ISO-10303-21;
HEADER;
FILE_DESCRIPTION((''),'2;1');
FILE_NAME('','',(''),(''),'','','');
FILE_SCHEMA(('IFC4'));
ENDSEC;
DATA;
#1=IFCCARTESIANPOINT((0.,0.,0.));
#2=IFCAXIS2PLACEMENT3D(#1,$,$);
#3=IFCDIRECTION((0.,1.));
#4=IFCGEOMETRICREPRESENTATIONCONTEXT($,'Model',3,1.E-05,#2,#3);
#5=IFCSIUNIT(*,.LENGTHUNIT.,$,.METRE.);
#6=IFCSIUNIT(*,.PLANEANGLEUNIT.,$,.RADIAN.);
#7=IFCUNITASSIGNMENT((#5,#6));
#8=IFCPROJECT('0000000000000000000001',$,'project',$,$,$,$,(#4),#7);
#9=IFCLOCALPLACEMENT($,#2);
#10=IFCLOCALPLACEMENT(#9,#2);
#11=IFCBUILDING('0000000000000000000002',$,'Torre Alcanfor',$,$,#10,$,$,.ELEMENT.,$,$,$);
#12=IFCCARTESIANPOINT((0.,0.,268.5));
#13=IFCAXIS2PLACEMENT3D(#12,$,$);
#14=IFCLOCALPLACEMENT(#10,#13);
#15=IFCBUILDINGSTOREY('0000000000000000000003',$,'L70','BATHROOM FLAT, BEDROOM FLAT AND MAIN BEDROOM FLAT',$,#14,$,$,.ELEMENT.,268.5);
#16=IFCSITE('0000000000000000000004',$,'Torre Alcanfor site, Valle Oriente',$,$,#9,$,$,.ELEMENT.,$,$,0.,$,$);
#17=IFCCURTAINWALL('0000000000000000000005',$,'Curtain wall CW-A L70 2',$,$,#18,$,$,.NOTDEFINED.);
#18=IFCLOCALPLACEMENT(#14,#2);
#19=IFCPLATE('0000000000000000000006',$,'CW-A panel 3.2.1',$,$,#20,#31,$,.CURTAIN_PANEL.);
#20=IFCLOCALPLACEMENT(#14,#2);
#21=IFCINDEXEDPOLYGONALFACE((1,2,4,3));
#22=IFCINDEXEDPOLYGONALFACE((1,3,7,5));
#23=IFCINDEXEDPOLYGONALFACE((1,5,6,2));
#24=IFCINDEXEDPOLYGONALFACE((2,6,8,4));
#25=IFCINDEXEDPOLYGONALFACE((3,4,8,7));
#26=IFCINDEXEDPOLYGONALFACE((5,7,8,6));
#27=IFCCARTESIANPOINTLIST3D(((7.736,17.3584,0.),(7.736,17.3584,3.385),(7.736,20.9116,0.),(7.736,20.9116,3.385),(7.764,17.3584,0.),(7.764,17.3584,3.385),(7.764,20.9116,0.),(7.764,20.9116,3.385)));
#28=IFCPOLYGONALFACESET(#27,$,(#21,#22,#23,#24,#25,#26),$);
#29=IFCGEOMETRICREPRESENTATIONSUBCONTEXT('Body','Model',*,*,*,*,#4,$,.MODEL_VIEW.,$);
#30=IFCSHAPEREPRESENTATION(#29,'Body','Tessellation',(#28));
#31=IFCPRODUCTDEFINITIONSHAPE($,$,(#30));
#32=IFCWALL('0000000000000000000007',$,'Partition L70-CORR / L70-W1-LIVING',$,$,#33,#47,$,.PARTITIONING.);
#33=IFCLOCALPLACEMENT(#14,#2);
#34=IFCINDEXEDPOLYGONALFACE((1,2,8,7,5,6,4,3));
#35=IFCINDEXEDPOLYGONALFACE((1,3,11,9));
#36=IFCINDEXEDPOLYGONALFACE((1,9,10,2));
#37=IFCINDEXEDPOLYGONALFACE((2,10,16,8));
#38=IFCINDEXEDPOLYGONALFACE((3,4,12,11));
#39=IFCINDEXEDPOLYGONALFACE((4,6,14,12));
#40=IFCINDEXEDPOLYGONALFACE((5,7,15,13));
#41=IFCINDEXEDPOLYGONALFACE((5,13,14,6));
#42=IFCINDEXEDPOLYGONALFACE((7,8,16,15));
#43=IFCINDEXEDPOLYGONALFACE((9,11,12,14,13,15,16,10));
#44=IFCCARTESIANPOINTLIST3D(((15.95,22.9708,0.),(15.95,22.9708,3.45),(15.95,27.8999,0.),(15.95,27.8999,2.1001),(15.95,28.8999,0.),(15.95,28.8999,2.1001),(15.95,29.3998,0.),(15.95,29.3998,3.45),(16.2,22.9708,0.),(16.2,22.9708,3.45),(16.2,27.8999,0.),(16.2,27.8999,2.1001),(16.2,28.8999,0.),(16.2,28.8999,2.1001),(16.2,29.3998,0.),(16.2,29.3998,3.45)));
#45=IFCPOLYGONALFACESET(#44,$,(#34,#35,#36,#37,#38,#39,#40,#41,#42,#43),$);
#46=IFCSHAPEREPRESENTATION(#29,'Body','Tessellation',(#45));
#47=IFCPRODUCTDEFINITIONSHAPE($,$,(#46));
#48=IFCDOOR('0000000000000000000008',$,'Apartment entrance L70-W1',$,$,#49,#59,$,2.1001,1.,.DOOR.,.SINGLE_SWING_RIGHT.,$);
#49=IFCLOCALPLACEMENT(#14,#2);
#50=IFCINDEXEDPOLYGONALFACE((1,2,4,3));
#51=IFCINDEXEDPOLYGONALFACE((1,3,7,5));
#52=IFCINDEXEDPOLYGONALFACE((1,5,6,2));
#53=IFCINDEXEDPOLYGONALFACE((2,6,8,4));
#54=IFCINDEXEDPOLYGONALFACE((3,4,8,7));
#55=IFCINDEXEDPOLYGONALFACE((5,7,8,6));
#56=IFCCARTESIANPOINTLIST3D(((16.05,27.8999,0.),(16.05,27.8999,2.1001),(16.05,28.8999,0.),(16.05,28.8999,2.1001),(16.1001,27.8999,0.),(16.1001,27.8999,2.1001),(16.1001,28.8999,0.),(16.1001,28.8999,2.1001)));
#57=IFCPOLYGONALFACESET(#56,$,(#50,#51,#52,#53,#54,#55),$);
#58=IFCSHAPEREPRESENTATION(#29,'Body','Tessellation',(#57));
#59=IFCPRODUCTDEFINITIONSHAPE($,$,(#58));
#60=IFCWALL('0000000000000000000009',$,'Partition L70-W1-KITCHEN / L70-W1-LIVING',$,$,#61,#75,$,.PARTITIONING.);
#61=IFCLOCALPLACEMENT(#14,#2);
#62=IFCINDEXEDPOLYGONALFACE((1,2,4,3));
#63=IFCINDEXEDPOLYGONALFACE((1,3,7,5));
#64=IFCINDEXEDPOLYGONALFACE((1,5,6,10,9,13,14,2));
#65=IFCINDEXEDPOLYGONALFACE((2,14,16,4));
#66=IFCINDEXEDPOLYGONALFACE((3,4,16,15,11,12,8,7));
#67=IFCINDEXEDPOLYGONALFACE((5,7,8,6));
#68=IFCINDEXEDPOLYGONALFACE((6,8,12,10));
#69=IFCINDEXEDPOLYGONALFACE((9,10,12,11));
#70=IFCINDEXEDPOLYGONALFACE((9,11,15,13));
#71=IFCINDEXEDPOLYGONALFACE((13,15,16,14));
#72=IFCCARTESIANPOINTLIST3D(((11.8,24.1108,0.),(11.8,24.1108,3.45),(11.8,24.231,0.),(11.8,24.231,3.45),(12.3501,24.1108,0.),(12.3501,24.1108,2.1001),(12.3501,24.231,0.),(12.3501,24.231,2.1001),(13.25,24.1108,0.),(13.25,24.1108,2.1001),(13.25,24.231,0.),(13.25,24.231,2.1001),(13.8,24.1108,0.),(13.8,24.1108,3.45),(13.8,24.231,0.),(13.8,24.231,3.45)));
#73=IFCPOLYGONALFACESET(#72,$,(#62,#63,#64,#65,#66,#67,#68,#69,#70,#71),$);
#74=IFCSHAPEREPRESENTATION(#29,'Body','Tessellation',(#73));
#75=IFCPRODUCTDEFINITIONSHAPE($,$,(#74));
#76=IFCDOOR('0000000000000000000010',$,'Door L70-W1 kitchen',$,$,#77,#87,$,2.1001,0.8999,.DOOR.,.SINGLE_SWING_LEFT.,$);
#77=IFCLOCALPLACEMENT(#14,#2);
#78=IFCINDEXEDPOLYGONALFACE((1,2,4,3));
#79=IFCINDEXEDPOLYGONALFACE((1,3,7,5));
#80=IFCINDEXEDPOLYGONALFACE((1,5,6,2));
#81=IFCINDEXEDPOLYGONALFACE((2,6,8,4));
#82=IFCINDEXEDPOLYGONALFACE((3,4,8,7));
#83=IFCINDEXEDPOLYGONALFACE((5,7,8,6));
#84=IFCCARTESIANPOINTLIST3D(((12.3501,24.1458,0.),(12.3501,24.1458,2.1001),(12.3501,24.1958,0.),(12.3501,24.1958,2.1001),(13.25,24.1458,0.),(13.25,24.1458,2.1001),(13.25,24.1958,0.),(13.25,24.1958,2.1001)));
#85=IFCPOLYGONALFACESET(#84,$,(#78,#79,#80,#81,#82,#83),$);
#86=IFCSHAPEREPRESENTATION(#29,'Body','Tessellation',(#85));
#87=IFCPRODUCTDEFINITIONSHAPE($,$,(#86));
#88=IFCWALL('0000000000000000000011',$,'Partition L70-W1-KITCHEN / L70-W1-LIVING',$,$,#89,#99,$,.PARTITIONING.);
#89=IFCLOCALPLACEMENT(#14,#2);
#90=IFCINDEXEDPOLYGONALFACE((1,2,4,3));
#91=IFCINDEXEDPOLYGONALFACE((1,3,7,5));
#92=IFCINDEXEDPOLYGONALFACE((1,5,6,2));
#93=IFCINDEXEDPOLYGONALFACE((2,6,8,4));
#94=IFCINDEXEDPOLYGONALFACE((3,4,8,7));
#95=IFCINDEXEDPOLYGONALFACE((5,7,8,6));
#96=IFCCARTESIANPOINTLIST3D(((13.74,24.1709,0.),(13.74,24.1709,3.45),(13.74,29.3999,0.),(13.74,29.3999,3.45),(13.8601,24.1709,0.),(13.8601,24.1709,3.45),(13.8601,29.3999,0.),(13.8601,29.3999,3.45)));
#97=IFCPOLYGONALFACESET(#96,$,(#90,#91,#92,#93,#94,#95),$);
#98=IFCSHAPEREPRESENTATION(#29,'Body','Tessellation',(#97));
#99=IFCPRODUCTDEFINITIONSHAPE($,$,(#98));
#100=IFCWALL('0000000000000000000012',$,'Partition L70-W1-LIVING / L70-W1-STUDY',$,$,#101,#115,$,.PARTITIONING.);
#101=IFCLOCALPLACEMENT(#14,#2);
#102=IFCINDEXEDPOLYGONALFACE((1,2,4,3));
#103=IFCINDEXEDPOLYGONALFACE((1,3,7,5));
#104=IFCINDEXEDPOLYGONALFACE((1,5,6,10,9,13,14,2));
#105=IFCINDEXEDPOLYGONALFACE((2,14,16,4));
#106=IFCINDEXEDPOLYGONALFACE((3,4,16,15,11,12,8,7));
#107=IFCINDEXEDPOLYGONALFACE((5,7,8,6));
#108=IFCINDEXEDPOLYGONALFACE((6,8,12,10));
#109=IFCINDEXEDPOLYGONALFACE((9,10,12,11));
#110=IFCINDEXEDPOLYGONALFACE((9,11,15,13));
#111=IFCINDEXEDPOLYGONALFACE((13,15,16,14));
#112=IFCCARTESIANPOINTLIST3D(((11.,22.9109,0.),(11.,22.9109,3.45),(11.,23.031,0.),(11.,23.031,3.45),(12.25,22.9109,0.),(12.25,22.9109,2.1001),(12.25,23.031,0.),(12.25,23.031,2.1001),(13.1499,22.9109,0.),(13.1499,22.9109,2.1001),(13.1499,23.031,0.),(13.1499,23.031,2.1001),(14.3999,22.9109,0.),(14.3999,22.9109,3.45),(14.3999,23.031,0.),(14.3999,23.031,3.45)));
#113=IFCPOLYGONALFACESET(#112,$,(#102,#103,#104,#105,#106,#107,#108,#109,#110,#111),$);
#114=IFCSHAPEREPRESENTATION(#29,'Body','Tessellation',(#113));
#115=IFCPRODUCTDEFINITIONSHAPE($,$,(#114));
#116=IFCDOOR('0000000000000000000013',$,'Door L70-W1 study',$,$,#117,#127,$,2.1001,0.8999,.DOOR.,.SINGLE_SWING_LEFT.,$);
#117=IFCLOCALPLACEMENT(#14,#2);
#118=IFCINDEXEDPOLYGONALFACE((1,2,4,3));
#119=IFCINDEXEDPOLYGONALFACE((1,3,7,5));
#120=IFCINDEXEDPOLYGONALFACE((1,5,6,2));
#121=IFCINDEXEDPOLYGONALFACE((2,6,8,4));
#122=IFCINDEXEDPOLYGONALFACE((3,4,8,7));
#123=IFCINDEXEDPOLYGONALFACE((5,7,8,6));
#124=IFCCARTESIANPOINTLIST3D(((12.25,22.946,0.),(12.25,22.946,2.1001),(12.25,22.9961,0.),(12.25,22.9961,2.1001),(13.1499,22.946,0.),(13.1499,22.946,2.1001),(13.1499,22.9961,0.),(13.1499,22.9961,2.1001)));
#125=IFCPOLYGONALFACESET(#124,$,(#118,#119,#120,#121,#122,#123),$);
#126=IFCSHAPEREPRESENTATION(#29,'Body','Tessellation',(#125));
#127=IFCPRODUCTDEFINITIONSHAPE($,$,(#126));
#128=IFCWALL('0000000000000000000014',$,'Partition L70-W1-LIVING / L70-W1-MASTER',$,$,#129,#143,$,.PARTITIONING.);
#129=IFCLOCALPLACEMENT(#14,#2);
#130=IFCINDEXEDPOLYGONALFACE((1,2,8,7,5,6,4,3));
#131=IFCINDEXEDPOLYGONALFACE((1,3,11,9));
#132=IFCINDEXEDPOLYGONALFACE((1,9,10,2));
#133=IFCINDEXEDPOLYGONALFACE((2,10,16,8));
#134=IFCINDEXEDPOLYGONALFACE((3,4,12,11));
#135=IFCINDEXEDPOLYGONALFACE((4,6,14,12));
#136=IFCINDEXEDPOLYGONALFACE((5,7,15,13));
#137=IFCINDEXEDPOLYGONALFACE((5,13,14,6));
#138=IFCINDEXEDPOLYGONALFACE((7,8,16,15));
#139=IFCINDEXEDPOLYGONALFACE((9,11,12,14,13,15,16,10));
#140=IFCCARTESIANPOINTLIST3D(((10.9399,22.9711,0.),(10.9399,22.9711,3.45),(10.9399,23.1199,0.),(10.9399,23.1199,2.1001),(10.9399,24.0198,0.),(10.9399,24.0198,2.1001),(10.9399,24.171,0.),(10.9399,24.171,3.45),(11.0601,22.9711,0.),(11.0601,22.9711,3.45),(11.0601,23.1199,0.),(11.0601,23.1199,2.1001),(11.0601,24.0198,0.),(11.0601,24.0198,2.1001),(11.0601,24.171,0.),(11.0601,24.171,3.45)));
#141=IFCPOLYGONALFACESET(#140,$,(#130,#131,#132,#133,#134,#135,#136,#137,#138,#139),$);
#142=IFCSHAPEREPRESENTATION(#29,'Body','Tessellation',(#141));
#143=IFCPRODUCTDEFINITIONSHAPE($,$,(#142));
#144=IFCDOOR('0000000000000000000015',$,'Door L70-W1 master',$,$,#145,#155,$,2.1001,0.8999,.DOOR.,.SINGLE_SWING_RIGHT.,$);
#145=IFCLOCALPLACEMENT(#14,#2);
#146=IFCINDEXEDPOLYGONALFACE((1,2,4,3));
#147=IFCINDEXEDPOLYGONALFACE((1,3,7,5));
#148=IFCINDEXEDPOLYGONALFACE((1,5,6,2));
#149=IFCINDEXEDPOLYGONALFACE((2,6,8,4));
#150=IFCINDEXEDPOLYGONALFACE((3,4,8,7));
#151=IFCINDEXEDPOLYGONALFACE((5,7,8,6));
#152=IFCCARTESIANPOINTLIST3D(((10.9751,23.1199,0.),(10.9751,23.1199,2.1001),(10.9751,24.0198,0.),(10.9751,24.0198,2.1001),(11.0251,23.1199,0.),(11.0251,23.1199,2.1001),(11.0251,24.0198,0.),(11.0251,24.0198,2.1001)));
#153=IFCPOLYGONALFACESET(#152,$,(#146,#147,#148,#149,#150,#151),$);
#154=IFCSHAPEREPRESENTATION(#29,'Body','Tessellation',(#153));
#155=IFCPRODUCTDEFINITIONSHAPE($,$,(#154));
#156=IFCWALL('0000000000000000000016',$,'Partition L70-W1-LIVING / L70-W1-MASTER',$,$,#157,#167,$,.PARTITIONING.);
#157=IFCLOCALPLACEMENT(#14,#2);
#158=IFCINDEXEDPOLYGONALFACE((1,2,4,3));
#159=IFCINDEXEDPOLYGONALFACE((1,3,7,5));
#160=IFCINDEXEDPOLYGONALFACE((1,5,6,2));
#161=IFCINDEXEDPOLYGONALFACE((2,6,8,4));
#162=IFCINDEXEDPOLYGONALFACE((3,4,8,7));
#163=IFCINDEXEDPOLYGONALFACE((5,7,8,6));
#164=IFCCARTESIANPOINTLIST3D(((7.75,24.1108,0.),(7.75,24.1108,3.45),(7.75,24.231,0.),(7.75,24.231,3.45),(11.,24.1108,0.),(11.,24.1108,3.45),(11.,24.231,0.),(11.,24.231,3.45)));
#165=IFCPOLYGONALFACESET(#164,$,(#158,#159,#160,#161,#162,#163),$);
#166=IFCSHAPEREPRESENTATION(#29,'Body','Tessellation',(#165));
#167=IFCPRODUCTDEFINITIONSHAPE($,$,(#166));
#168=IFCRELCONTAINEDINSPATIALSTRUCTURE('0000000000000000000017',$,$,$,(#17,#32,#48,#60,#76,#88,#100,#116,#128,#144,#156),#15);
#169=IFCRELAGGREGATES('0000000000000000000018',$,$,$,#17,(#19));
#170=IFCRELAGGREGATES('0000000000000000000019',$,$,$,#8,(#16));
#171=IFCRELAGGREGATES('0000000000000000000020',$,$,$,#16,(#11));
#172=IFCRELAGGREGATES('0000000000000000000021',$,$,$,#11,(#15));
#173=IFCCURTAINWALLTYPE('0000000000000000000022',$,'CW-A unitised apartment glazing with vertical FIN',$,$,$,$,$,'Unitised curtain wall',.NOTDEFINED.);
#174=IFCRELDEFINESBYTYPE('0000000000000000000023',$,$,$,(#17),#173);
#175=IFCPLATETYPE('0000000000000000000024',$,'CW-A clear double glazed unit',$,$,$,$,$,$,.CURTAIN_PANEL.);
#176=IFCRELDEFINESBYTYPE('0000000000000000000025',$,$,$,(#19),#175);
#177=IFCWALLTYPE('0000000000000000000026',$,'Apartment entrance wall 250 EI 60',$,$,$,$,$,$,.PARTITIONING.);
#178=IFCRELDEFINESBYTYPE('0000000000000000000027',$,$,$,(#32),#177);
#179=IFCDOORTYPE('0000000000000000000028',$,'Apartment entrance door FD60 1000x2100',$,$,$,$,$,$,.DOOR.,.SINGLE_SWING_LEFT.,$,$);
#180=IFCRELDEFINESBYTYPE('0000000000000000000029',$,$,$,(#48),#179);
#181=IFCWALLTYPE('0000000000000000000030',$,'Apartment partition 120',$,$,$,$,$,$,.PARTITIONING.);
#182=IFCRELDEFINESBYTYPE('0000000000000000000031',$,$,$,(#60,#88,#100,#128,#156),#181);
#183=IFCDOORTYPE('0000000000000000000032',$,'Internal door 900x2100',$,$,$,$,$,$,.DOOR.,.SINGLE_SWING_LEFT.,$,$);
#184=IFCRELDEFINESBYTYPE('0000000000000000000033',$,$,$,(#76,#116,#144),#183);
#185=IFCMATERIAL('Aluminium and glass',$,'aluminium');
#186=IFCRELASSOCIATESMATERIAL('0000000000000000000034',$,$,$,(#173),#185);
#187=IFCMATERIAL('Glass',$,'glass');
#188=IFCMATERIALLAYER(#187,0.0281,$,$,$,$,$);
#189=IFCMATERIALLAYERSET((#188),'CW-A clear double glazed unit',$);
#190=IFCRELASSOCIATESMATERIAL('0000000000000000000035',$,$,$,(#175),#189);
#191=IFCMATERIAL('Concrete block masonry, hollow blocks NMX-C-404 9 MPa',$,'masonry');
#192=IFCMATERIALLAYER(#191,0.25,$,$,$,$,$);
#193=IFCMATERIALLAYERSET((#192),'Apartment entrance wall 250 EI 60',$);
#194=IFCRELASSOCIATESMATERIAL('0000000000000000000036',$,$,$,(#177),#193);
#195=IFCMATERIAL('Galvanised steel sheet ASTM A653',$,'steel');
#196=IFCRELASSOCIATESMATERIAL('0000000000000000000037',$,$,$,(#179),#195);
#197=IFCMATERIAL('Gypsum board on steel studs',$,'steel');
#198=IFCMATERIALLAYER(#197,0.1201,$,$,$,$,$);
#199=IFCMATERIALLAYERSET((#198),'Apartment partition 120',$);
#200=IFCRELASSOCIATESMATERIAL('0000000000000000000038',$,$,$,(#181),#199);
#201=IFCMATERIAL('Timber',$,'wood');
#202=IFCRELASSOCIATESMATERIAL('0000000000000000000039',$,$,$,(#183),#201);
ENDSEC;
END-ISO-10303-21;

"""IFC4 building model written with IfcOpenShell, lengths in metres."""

from ifc_helpers import new_model, si_unit, direction, frame, frame_2d, origin, origin_2d, place, context, subcontext, project, spatial, rectangle, extrude, material, layer, layer_set, type_object, element, fill, aggregate, save


model = new_model("IFC4")

# Units and contexts
model_context = context("Model", 3, precision=1e-05, world=origin(), true_north=direction((0.0, 1.0)))
body_context = subcontext(model_context, "Body", "Model", "MODEL_VIEW")
ifc_project = project(units=[si_unit("LENGTHUNIT", "METRE"), si_unit("PLANEANGLEUNIT", "RADIAN")], contexts=[model_context])

# Site, building, storey
site_placement = place(None, origin())
site = spatial("IfcSite", under=ifc_project, at=site_placement, Name="Torre Alcanfor site, Valle Oriente", CompositionType="ELEMENT", RefElevation=0.0)
building_placement = place(site_placement, origin())
building = spatial("IfcBuilding", under=site, at=building_placement, Name="Torre Alcanfor", CompositionType="ELEMENT")
storey_placement = place(building_placement, frame((0.0, 0.0, 268.5)))
storey = spatial("IfcBuildingStorey", under=building, at=storey_placement, Name="L70", Description="BATHROOM FLAT, BEDROOM FLAT AND MAIN BEDROOM FLAT", CompositionType="ELEMENT", Elevation=268.5)

# Curtain wall
ifc_material_1 = material(Name="Aluminium and glass", Category="aluminium")
curtain_wall_type = type_object("IfcCurtainWallType", Name="CW-A unitised apartment glazing with vertical FIN", ElementType="Unitised curtain wall", PredefinedType="NOTDEFINED", material=ifc_material_1)
curtain_wall_placement = place(storey_placement, origin())
curtain_wall = element("IfcCurtainWall", 1, at=curtain_wall_placement, inside=storey, type_object=curtain_wall_type, Name="Curtain wall CW-A L70 2", PredefinedType="NOTDEFINED")

# Plate
ifc_material_2 = material(Name="Glass", Category="glass")
ifc_layer_1 = layer(ifc_material_2, 0.0281)
ifc_layer_set_1 = layer_set([ifc_layer_1], Name="CW-A clear double glazed unit")
plate_type = type_object("IfcPlateType", Name="CW-A clear double glazed unit", PredefinedType="CURTAIN_PANEL", material=ifc_layer_set_1)
plate_1_placement = place(storey_placement, frame((7.75, 19.135, 0.0), z_axis=(0.0, 0.0, 1.0), x_axis=(0.0, -1.0, 0.0)))
plate_1 = element("IfcPlate", 2, at=plate_1_placement, type_object=plate_type, Name="CW-A panel 3.2.1", PredefinedType="CURTAIN_PANEL", context=body_context, shape_type="SweptSolid", body=[
    extrude(rectangle(XDim=3.5532, YDim=0.0281, at=origin_2d()), origin(), (0.0, 0.0, 1.0), 3.385),
])
aggregate(curtain_wall, [plate_1])

# Walls, openings, doors
ifc_material_3 = material(Name="Concrete block masonry, hollow blocks NMX-C-404 9 MPa", Category="masonry")
ifc_layer_2 = layer(ifc_material_3, 0.25)
ifc_layer_set_2 = layer_set([ifc_layer_2], Name="Apartment entrance wall 250 EI 60")
wall_type_1 = type_object("IfcWallType", Name="Apartment entrance wall 250 EI 60", PredefinedType="PARTITIONING", material=ifc_layer_set_2)
wall_1_placement = place(storey_placement, frame((16.075, 22.9709, 0.0), z_axis=(0.0, 0.0, 1.0), x_axis=(0.0, 1.0, 0.0)))
wall_1 = element("IfcWall", 3, at=wall_1_placement, inside=storey, type_object=wall_type_1, Name="Partition L70-CORR / L70-W1-LIVING", PredefinedType="PARTITIONING", context=body_context, shape_type="SweptSolid", body=[
    extrude(rectangle(XDim=6.429, YDim=0.25, at=frame_2d((3.2144, 0.0))), origin(), (0.0, 0.0, 1.0), 3.45),
])
opening_1_placement = place(wall_1_placement, frame((4.929, 0.0, 0.0)))
opening_1 = element("IfcOpeningElement", 4, at=opening_1_placement, cuts=wall_1, PredefinedType="OPENING", context=body_context, shape_type="SweptSolid", body=[
    extrude(rectangle(XDim=1.0, YDim=2.1001, at=frame_2d((0.5, 1.05))), frame((0.0, 0.135, 0.0), z_axis=(0.0, -1.0, 0.0), x_axis=(1.0, 0.0, 0.0)), (0.0, 0.0, 1.0), 0.27),
])
ifc_material_4 = material(Name="Galvanised steel sheet ASTM A653", Category="steel")
door_type_1 = type_object("IfcDoorType", Name="Apartment entrance door FD60 1000x2100", OperationType="SINGLE_SWING_LEFT", PredefinedType="DOOR", material=ifc_material_4)
door_1_placement = place(opening_1_placement, origin())
door_1 = element("IfcDoor", 5, at=door_1_placement, inside=storey, type_object=door_type_1, Name="Apartment entrance L70-W1", OperationType="SINGLE_SWING_RIGHT", OverallHeight=2.1001, OverallWidth=1.0, PredefinedType="DOOR", context=body_context, shape_type="SweptSolid", body=[
    extrude(rectangle(XDim=1.0, YDim=2.1001, at=frame_2d((0.5, 1.05))), frame((0.0, 0.0249, 0.0), z_axis=(0.0, -1.0, 0.0), x_axis=(1.0, 0.0, 0.0)), (0.0, 0.0, 1.0), 0.05),
])
fill(opening_1, door_1)
ifc_material_5 = material(Name="Gypsum board on steel studs", Category="steel")
ifc_layer_3 = layer(ifc_material_5, 0.1201)
ifc_layer_set_3 = layer_set([ifc_layer_3], Name="Apartment partition 120")
wall_type_2 = type_object("IfcWallType", Name="Apartment partition 120", PredefinedType="PARTITIONING", material=ifc_layer_set_3)
wall_2_placement = place(storey_placement, frame((11.8, 24.1709, 0.0), z_axis=(0.0, 0.0, 1.0), x_axis=(1.0, 0.0, 0.0)))
wall_2 = element("IfcWall", 6, at=wall_2_placement, inside=storey, type_object=wall_type_2, Name="Partition L70-W1-KITCHEN / L70-W1-LIVING", PredefinedType="PARTITIONING", context=body_context, shape_type="SweptSolid", body=[
    extrude(rectangle(XDim=2.0, YDim=0.1201, at=frame_2d((1.0, 0.0))), origin(), (0.0, 0.0, 1.0), 3.45),
])
opening_2_placement = place(wall_2_placement, frame((0.55, 0.0, 0.0)))
opening_2 = element("IfcOpeningElement", 7, at=opening_2_placement, cuts=wall_2, PredefinedType="OPENING", context=body_context, shape_type="SweptSolid", body=[
    extrude(rectangle(XDim=0.8999, YDim=2.1001, at=frame_2d((0.45, 1.05))), frame((0.0, 0.0701, 0.0), z_axis=(0.0, -1.0, 0.0), x_axis=(1.0, 0.0, 0.0)), (0.0, 0.0, 1.0), 0.1401),
])
ifc_material_6 = material(Name="Timber", Category="wood")
door_type_2 = type_object("IfcDoorType", Name="Internal door 900x2100", OperationType="SINGLE_SWING_LEFT", PredefinedType="DOOR", material=ifc_material_6)
door_2_placement = place(opening_2_placement, origin())
door_2 = element("IfcDoor", 8, at=door_2_placement, inside=storey, type_object=door_type_2, Name="Door L70-W1 kitchen", OperationType="SINGLE_SWING_LEFT", OverallHeight=2.1001, OverallWidth=0.8999, PredefinedType="DOOR", context=body_context, shape_type="SweptSolid", body=[
    extrude(rectangle(XDim=0.8999, YDim=2.1001, at=frame_2d((0.45, 1.05))), frame((0.0, 0.0249, 0.0), z_axis=(0.0, -1.0, 0.0), x_axis=(1.0, 0.0, 0.0)), (0.0, 0.0, 1.0), 0.05),
])
fill(opening_2, door_2)

# Wall
wall_3_placement = place(storey_placement, frame((13.8, 24.1709, 0.0), z_axis=(0.0, 0.0, 1.0), x_axis=(0.0, 1.0, 0.0)))
element("IfcWall", 9, at=wall_3_placement, inside=storey, type_object=wall_type_2, Name="Partition L70-W1-KITCHEN / L70-W1-LIVING", PredefinedType="PARTITIONING", context=body_context, shape_type="SweptSolid", body=[
    extrude(rectangle(XDim=5.229, YDim=0.1201, at=frame_2d((2.6145, 0.0))), origin(), (0.0, 0.0, 1.0), 3.45),
])

# Walls, openings, doors
wall_4_placement = place(storey_placement, frame((14.3999, 22.9709, 0.0), z_axis=(0.0, 0.0, 1.0), x_axis=(-1.0, 0.0, 0.0)))
wall_4 = element("IfcWall", 10, at=wall_4_placement, inside=storey, type_object=wall_type_2, Name="Partition L70-W1-LIVING / L70-W1-STUDY", PredefinedType="PARTITIONING", context=body_context, shape_type="SweptSolid", body=[
    extrude(rectangle(XDim=3.3999, YDim=0.1201, at=frame_2d((1.7, 0.0))), origin(), (0.0, 0.0, 1.0), 3.45),
])
opening_3_placement = place(wall_4_placement, frame((1.25, 0.0, 0.0)))
opening_3 = element("IfcOpeningElement", 11, at=opening_3_placement, cuts=wall_4, PredefinedType="OPENING", context=body_context, shape_type="SweptSolid", body=[
    extrude(rectangle(XDim=0.8999, YDim=2.1001, at=frame_2d((0.45, 1.05))), frame((0.0, 0.0701, 0.0), z_axis=(0.0, -1.0, 0.0), x_axis=(1.0, 0.0, 0.0)), (0.0, 0.0, 1.0), 0.1401),
])
door_3_placement = place(opening_3_placement, origin())
door_3 = element("IfcDoor", 12, at=door_3_placement, inside=storey, type_object=door_type_2, Name="Door L70-W1 study", OperationType="SINGLE_SWING_LEFT", OverallHeight=2.1001, OverallWidth=0.8999, PredefinedType="DOOR", context=body_context, shape_type="SweptSolid", body=[
    extrude(rectangle(XDim=0.8999, YDim=2.1001, at=frame_2d((0.45, 1.05))), frame((0.0, 0.0249, 0.0), z_axis=(0.0, -1.0, 0.0), x_axis=(1.0, 0.0, 0.0)), (0.0, 0.0, 1.0), 0.05),
])
fill(opening_3, door_3)
wall_5_placement = place(storey_placement, frame((11.0, 22.9709, 0.0), z_axis=(0.0, 0.0, 1.0), x_axis=(0.0, 1.0, 0.0)))
wall_5 = element("IfcWall", 13, at=wall_5_placement, inside=storey, type_object=wall_type_2, Name="Partition L70-W1-LIVING / L70-W1-MASTER", PredefinedType="PARTITIONING", context=body_context, shape_type="SweptSolid", body=[
    extrude(rectangle(XDim=1.2, YDim=0.1201, at=frame_2d((0.6001, 0.0))), origin(), (0.0, 0.0, 1.0), 3.45),
])
opening_4_placement = place(wall_5_placement, frame((0.1489, 0.0, 0.0)))
opening_4 = element("IfcOpeningElement", 14, at=opening_4_placement, cuts=wall_5, PredefinedType="OPENING", context=body_context, shape_type="SweptSolid", body=[
    extrude(rectangle(XDim=0.8999, YDim=2.1001, at=frame_2d((0.45, 1.05))), frame((0.0, 0.0701, 0.0), z_axis=(0.0, -1.0, 0.0), x_axis=(1.0, 0.0, 0.0)), (0.0, 0.0, 1.0), 0.1401),
])
door_4_placement = place(opening_4_placement, origin())
door_4 = element("IfcDoor", 15, at=door_4_placement, inside=storey, type_object=door_type_2, Name="Door L70-W1 master", OperationType="SINGLE_SWING_RIGHT", OverallHeight=2.1001, OverallWidth=0.8999, PredefinedType="DOOR", context=body_context, shape_type="SweptSolid", body=[
    extrude(rectangle(XDim=0.8999, YDim=2.1001, at=frame_2d((0.45, 1.05))), frame((0.0, 0.0249, 0.0), z_axis=(0.0, -1.0, 0.0), x_axis=(1.0, 0.0, 0.0)), (0.0, 0.0, 1.0), 0.05),
])
fill(opening_4, door_4)

# Wall
wall_6_placement = place(storey_placement, frame((11.0, 24.1709, 0.0), z_axis=(0.0, 0.0, 1.0), x_axis=(-1.0, 0.0, 0.0)))
element("IfcWall", 16, at=wall_6_placement, inside=storey, type_object=wall_type_2, Name="Partition L70-W1-LIVING / L70-W1-MASTER", PredefinedType="PARTITIONING", context=body_context, shape_type="SweptSolid", body=[
    extrude(rectangle(XDim=3.25, YDim=0.1201, at=frame_2d((1.625, 0.0))), origin(), (0.0, 0.0, 1.0), 3.45),
])

save(model, "model.ifc")
